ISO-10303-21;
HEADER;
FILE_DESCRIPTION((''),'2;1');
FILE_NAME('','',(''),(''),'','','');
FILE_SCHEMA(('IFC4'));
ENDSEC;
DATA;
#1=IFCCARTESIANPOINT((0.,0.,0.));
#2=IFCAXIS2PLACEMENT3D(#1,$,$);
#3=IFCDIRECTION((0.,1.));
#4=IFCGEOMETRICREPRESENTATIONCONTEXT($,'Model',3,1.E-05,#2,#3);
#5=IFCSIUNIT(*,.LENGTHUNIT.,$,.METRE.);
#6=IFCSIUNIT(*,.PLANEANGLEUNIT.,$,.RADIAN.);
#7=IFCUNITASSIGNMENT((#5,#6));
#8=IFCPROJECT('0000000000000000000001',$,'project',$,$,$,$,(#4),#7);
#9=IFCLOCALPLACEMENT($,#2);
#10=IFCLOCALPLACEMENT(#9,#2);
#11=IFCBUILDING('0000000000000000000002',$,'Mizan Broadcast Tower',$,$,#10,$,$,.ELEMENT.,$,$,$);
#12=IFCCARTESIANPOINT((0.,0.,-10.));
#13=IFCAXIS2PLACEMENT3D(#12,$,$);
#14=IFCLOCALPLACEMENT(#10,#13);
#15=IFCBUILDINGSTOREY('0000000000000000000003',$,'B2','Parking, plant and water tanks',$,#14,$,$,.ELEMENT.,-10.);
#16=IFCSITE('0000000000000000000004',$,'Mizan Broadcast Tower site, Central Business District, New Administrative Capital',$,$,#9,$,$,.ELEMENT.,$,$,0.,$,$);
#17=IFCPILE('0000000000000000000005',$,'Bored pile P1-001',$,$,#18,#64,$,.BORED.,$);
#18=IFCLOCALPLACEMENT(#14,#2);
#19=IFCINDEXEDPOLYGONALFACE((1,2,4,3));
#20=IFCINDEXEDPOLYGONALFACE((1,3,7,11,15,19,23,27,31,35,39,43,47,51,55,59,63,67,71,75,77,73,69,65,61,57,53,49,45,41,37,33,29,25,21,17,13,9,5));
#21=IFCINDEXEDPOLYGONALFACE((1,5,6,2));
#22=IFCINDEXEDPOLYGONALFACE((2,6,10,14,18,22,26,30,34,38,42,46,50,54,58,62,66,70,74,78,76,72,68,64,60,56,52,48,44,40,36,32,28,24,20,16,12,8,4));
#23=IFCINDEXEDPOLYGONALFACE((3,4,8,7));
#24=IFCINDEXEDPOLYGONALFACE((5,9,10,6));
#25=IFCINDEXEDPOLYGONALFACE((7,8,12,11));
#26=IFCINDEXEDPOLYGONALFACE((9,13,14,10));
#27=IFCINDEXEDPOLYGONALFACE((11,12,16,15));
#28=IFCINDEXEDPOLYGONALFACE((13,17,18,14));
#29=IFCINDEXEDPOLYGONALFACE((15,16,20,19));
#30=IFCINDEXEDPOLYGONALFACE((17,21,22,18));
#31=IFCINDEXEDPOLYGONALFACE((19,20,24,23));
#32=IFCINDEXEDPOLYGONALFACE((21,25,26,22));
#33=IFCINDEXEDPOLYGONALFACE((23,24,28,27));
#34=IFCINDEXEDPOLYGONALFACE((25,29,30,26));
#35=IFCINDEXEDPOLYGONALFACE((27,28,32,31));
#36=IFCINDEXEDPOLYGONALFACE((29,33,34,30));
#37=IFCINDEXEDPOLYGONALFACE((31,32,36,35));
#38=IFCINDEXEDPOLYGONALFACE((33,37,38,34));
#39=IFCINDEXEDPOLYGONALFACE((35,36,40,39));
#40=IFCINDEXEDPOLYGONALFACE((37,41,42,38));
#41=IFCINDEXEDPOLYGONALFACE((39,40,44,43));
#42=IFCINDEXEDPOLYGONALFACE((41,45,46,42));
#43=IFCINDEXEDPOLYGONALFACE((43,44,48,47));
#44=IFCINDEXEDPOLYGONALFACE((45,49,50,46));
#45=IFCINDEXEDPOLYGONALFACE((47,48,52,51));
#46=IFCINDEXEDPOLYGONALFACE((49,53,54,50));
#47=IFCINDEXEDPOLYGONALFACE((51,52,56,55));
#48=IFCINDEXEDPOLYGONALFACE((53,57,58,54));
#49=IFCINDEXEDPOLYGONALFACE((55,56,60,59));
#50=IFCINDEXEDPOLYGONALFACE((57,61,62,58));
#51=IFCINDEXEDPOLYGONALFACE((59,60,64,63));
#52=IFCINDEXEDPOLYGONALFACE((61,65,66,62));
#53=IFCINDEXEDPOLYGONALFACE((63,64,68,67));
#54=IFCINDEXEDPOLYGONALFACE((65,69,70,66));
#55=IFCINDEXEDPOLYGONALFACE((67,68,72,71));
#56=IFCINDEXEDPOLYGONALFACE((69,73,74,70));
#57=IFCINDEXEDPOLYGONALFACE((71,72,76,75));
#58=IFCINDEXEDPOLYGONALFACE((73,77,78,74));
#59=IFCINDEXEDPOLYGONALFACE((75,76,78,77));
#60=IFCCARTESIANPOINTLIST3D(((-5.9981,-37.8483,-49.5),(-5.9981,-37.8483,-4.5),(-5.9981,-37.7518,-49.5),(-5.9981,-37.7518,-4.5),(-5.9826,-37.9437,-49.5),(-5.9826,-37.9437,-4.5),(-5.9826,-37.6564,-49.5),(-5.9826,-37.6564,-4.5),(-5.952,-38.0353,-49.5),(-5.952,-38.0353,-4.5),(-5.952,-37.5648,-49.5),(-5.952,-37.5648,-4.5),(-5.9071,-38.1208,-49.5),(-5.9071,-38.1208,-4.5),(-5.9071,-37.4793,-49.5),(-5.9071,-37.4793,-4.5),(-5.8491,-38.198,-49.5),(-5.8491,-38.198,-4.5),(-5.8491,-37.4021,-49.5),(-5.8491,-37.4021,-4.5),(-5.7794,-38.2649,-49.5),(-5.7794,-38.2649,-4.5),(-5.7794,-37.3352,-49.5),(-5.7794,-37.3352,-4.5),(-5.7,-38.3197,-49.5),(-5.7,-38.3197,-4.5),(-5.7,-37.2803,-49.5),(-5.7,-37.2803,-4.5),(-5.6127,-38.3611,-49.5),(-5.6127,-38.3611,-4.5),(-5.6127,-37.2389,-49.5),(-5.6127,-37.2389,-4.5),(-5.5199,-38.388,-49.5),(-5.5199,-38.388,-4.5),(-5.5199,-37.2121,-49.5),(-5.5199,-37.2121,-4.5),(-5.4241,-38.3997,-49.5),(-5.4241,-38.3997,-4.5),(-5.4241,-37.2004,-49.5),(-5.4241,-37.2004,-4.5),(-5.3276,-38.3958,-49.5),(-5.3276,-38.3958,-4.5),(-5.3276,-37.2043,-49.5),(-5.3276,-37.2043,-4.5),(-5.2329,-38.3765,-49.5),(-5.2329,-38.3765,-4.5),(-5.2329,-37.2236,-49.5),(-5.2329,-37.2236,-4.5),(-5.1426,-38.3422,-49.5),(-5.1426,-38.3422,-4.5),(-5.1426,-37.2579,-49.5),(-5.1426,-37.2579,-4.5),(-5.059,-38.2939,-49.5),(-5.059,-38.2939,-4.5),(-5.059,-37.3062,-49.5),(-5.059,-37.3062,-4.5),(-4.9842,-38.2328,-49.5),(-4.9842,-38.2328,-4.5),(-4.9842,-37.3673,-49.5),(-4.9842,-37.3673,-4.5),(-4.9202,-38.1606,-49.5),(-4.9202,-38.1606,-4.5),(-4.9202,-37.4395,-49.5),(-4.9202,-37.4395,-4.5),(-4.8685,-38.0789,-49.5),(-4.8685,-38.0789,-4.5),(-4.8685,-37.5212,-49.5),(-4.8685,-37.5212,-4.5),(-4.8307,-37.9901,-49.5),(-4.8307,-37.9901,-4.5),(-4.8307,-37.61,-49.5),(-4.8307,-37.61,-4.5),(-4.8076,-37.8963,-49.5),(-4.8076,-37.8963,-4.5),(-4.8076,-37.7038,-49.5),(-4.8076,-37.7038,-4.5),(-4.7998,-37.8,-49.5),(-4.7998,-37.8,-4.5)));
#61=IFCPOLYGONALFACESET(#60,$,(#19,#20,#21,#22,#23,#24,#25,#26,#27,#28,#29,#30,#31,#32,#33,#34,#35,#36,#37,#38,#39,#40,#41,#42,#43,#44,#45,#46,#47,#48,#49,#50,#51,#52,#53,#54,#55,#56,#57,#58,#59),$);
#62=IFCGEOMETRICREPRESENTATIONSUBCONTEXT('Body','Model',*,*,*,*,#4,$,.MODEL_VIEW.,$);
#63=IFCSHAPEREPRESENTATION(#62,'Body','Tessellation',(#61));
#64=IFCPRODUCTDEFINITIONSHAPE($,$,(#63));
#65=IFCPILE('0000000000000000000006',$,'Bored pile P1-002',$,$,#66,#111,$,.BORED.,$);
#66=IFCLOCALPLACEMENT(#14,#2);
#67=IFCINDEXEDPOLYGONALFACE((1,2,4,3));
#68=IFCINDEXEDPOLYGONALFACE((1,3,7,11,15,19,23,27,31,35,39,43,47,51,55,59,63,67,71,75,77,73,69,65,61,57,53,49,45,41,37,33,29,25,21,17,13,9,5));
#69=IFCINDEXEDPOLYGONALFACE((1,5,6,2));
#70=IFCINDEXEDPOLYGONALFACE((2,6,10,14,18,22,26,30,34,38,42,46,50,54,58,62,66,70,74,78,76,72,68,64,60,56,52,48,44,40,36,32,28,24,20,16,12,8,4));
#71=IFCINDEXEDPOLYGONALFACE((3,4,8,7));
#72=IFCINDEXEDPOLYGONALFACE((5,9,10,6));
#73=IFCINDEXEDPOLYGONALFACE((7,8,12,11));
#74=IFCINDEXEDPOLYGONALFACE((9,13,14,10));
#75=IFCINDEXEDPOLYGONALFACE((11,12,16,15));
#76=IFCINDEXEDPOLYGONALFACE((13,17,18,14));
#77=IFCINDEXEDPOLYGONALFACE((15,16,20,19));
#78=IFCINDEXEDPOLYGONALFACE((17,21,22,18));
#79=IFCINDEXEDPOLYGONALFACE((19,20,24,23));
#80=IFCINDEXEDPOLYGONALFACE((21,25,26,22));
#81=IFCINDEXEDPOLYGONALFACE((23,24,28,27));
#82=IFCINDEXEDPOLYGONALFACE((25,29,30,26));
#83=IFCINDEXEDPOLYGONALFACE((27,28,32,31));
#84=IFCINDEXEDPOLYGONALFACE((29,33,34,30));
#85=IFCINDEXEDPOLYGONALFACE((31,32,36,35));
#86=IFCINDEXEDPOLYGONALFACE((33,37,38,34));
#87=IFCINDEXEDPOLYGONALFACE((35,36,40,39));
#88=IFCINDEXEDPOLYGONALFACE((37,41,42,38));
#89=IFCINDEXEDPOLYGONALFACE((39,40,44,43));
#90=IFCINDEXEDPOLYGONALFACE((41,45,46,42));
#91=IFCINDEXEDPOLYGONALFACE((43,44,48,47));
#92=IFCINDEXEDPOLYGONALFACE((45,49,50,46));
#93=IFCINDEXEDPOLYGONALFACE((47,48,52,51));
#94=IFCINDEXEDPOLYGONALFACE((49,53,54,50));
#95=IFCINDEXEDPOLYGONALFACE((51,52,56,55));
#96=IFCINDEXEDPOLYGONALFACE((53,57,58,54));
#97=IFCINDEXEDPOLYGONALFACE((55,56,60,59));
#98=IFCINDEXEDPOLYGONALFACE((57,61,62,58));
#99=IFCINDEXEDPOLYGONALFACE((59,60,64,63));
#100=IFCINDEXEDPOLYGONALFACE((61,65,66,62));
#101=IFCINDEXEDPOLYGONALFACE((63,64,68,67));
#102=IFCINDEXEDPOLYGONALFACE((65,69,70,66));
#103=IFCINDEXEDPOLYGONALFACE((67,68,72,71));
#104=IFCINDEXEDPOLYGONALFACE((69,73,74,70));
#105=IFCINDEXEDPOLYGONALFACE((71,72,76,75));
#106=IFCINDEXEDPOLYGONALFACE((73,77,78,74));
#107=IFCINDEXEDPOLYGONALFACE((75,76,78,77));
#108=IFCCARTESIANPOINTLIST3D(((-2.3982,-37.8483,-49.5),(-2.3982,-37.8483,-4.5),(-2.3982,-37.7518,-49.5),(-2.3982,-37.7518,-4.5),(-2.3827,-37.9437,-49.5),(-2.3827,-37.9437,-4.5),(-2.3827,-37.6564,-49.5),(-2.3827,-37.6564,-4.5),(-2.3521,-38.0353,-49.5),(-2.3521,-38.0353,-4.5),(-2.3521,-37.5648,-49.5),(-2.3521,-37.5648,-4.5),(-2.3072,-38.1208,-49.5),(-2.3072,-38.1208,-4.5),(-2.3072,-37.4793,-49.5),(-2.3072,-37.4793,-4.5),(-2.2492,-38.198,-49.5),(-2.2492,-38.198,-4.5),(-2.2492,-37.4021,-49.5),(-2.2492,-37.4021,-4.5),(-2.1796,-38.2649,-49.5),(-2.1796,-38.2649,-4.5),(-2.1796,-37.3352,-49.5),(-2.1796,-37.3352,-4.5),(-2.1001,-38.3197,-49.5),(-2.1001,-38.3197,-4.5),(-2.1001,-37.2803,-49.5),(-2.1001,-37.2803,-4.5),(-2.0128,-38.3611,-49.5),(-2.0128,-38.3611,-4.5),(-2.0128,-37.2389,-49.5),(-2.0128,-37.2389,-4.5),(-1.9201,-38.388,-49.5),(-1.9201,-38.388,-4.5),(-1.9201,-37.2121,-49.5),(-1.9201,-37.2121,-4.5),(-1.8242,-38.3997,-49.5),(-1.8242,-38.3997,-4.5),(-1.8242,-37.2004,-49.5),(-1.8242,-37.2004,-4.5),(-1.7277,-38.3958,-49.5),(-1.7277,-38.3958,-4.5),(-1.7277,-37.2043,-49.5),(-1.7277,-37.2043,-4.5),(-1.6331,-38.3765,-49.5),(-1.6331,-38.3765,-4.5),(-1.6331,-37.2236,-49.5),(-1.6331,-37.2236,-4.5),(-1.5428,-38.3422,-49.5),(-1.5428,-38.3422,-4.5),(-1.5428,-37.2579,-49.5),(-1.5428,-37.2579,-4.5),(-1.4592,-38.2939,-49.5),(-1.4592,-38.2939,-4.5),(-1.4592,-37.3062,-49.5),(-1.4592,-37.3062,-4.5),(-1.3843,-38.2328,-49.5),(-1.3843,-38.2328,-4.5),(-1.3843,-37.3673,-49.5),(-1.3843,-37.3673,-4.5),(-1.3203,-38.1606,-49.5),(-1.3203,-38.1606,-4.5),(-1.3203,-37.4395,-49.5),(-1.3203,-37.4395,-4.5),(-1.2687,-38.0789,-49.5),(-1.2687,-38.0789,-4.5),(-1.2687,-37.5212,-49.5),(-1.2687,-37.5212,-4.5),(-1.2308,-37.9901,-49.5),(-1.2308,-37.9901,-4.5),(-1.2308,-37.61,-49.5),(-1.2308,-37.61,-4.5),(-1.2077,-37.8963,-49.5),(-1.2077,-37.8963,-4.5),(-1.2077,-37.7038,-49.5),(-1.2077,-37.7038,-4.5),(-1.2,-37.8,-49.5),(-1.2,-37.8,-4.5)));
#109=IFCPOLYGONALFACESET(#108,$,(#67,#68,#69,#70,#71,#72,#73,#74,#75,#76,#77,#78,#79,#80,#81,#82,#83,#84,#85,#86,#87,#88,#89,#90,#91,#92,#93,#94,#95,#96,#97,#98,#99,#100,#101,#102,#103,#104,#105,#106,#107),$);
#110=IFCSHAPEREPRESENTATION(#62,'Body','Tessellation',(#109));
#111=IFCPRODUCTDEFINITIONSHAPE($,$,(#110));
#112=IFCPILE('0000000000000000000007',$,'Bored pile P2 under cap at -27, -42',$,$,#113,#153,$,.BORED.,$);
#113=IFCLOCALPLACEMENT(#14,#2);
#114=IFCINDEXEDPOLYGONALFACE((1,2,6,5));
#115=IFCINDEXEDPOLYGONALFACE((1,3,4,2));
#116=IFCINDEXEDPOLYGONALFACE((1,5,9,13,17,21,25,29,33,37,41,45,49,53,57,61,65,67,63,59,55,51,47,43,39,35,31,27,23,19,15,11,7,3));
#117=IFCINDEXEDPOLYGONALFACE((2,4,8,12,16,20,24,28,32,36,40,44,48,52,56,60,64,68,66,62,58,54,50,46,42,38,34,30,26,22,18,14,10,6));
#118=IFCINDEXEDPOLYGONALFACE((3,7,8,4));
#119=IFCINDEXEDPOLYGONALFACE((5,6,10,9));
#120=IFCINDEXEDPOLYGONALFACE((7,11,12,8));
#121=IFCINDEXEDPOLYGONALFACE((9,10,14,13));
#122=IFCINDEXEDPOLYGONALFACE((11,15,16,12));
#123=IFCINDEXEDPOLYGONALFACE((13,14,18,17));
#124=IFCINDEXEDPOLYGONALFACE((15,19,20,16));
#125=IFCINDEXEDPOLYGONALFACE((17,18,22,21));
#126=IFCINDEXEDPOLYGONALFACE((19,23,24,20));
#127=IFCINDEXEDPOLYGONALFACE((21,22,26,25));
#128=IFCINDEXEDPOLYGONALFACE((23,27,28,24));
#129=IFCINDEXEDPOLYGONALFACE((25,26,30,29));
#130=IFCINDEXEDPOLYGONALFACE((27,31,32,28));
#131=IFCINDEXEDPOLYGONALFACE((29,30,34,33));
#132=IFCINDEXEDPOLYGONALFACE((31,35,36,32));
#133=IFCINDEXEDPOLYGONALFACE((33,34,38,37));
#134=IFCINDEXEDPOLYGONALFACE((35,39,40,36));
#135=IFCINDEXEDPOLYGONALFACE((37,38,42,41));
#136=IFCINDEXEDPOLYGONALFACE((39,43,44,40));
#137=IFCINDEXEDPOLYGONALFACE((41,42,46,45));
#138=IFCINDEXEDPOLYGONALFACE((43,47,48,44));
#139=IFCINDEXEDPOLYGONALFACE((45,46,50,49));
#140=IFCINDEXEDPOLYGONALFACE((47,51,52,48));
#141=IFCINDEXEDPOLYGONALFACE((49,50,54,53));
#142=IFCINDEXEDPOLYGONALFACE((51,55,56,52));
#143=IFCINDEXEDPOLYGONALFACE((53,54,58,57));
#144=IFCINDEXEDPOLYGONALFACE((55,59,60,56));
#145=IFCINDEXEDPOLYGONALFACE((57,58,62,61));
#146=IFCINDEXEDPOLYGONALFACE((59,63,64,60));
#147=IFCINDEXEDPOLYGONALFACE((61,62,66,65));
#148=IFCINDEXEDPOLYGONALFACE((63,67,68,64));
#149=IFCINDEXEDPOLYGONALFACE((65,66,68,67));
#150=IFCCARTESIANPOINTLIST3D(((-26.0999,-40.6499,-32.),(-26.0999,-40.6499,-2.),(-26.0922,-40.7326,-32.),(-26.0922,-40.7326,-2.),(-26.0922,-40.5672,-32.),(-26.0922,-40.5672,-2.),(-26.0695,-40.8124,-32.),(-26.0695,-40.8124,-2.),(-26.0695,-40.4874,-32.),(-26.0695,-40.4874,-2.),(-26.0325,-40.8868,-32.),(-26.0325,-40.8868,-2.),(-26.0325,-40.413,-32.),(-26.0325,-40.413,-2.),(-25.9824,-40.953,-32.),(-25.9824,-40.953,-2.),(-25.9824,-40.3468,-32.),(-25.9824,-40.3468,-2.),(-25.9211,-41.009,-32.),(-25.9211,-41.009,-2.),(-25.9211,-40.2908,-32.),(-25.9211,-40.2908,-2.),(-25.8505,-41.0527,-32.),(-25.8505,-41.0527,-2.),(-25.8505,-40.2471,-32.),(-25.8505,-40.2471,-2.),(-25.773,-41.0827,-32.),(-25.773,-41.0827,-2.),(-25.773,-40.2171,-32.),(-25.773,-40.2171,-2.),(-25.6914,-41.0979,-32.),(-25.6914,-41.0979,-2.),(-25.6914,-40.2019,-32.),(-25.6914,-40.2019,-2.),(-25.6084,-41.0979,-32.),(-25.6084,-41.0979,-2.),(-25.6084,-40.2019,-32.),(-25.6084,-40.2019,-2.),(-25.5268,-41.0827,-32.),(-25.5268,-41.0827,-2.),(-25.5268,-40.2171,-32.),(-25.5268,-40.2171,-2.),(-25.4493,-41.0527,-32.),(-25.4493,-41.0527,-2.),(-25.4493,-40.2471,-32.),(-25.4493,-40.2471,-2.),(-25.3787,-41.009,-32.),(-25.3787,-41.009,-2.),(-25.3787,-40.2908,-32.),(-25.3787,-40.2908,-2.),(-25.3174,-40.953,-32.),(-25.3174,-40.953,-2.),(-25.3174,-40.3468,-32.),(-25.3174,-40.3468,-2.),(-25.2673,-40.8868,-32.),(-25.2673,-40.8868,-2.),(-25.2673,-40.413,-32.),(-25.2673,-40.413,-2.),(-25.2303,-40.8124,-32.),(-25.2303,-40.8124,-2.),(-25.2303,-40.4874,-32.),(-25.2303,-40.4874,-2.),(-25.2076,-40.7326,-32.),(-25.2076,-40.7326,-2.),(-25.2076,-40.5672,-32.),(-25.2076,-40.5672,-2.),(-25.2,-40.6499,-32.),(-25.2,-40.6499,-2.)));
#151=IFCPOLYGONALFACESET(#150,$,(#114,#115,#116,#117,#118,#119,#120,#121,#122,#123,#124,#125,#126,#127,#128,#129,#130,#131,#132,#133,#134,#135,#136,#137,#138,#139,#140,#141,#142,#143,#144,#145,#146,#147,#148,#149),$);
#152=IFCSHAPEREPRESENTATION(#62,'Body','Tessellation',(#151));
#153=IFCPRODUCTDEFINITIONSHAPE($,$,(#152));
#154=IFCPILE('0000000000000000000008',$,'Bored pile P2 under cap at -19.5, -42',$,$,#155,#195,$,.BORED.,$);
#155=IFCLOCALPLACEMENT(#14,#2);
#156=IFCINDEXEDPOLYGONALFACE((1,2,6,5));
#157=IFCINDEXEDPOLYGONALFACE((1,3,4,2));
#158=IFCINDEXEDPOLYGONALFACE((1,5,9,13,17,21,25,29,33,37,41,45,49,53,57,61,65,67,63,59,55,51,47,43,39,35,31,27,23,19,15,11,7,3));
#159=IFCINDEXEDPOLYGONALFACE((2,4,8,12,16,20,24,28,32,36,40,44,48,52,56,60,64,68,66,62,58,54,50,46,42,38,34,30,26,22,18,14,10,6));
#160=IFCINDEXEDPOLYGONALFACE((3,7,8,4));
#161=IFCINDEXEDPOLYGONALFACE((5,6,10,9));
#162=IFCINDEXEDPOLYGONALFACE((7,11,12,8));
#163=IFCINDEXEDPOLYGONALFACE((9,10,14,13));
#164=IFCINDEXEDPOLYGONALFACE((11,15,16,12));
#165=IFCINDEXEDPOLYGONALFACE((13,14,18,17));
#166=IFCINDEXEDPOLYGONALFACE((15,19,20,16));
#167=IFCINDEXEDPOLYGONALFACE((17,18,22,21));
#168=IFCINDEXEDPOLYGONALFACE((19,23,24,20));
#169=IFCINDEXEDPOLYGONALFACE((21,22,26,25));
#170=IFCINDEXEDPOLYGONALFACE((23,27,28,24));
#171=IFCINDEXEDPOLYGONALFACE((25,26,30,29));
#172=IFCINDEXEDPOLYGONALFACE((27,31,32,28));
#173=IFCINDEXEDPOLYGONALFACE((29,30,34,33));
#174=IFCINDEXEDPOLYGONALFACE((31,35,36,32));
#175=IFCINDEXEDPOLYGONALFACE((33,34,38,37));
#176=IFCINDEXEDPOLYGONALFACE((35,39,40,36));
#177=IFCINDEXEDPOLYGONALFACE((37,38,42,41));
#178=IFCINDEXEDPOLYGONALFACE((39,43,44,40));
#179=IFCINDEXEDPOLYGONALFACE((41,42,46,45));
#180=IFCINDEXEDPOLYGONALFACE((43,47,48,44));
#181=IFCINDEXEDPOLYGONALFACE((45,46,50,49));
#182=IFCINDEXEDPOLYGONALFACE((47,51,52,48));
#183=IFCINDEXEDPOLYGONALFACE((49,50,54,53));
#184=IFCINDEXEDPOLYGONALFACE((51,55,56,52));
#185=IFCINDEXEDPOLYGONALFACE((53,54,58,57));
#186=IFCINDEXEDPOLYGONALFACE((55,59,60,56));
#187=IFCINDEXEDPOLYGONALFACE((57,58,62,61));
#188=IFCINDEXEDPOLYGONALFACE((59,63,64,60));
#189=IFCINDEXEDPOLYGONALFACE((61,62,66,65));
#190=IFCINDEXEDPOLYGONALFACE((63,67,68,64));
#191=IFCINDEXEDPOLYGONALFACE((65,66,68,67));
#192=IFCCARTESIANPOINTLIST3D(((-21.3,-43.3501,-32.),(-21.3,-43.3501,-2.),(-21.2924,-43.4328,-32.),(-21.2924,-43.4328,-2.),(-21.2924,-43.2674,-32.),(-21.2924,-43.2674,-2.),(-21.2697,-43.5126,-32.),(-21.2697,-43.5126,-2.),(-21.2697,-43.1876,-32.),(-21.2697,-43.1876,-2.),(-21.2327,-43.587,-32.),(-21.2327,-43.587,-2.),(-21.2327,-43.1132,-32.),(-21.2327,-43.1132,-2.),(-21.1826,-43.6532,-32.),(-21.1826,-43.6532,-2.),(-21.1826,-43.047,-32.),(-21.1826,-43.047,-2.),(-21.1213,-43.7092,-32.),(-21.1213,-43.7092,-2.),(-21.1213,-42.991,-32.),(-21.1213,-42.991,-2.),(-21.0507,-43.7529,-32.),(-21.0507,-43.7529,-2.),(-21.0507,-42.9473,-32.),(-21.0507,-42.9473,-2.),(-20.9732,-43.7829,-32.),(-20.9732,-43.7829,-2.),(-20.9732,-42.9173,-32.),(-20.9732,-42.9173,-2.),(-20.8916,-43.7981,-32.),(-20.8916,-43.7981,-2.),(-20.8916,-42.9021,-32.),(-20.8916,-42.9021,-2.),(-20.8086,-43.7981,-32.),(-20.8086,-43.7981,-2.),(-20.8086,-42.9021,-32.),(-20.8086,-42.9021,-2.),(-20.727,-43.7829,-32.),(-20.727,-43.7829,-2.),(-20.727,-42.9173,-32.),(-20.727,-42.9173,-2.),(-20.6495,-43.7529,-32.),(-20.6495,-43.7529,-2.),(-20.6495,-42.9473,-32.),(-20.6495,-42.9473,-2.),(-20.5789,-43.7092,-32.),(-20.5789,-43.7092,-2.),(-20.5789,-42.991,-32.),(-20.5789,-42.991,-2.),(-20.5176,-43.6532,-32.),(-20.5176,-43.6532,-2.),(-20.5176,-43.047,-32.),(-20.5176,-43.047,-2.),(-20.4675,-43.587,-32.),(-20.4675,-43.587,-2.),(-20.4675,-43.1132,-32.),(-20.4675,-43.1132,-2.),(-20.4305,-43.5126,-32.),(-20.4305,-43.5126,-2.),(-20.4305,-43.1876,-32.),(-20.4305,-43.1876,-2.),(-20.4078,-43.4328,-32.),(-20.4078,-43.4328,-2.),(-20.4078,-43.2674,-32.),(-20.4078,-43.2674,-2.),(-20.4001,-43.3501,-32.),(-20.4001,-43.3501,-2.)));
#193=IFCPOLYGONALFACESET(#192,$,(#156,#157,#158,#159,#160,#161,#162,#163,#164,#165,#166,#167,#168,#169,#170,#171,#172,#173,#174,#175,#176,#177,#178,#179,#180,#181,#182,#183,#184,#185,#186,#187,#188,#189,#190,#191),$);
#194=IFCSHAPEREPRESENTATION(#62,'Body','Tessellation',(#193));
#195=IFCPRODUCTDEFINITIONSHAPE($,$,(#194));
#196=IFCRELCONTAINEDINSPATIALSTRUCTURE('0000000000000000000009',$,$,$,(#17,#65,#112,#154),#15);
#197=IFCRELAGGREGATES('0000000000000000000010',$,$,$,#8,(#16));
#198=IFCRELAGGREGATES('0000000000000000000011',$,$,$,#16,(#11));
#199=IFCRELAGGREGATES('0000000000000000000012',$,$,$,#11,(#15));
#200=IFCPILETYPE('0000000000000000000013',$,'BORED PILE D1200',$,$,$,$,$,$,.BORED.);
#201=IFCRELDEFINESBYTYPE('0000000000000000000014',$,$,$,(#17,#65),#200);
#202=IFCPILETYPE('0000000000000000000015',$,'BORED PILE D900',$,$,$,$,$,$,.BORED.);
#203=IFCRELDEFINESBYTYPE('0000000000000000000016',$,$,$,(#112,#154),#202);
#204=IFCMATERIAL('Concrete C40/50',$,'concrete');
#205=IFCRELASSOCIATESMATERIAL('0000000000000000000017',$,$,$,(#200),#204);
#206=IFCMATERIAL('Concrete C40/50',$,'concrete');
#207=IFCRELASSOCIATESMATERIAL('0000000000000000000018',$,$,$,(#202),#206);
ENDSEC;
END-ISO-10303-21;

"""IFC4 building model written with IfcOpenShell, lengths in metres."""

from ifc_helpers import new_model, si_unit, direction, frame, origin, origin_2d, place, context, subcontext, project, spatial, circle, extrude, material, material_profile, profile_set, type_object, element, save


model = new_model("IFC4")

# Units and contexts
model_context = context("Model", 3, precision=1e-05, world=origin(), true_north=direction((0.0, 1.0)))
body_context = subcontext(model_context, "Body", "Model", "MODEL_VIEW")
ifc_project = project(units=[si_unit("LENGTHUNIT", "METRE"), si_unit("PLANEANGLEUNIT", "RADIAN")], contexts=[model_context])

# Site, building, storey
site_placement = place(None, origin())
site = spatial("IfcSite", under=ifc_project, at=site_placement, Name="Mizan Broadcast Tower site, Central Business District, New Administrative Capital", CompositionType="ELEMENT", RefElevation=0.0)
building_placement = place(site_placement, origin())
building = spatial("IfcBuilding", under=site, at=building_placement, Name="Mizan Broadcast Tower", CompositionType="ELEMENT")
storey_placement = place(building_placement, frame((0.0, 0.0, -10.0)))
storey = spatial("IfcBuildingStorey", under=building, at=storey_placement, Name="B2", Description="Parking, plant and water tanks", CompositionType="ELEMENT", Elevation=-10.0)

# Piles
ifc_material_1 = material(Name="Concrete C40/50", Category="concrete")
ifc_material_profile_1 = material_profile(ifc_material_1, circle(Radius=0.6001, at=origin_2d()), Name="D1200")
ifc_profile_set_1 = profile_set([ifc_material_profile_1], Name="Concrete C40/50")
pile_type_1 = type_object("IfcPileType", Name="BORED PILE D1200", PredefinedType="BORED", material=ifc_profile_set_1)
for number, where, z_axis, x_axis, name in (
    (1, (-5.3999, -37.8, -4.5), (0.0, 0.0, -1.0), (1.0, 0.0, 0.0), "Bored pile P1-001"),
    (2, (-1.8, -37.8, -4.5), (0.0, 0.0, -1.0), (1.0, 0.0, 0.0), "Bored pile P1-002"),
):
    element("IfcPile", number, at=place(storey_placement, frame(where, z_axis=z_axis, x_axis=x_axis)), inside=storey, type_object=pile_type_1, Name=name, PredefinedType="BORED", context=body_context, shape_type="SweptSolid", body=[
        extrude(circle(Radius=0.6001, at=origin_2d()), origin(), (0.0, 0.0, 1.0), 45.0),
    ])
ifc_material_2 = material(Name="Concrete C40/50", Category="concrete")
ifc_material_profile_2 = material_profile(ifc_material_2, circle(Radius=0.45, at=origin_2d()), Name="D900")
ifc_profile_set_2 = profile_set([ifc_material_profile_2], Name="Concrete C40/50")
pile_type_2 = type_object("IfcPileType", Name="BORED PILE D900", PredefinedType="BORED", material=ifc_profile_set_2)
for number, where, z_axis, x_axis, name in (
    (3, (-25.6499, -40.6499, -2.0), (0.0, 0.0, -1.0), (1.0, 0.0, 0.0), "Bored pile P2 under cap at -27, -42"),
    (4, (-20.8501, -43.3501, -2.0), (0.0, 0.0, -1.0), (1.0, 0.0, 0.0), "Bored pile P2 under cap at -19.5, -42"),
):
    element("IfcPile", number, at=place(storey_placement, frame(where, z_axis=z_axis, x_axis=x_axis)), inside=storey, type_object=pile_type_2, Name=name, PredefinedType="BORED", context=body_context, shape_type="SweptSolid", body=[
        extrude(circle(Radius=0.45, at=origin_2d()), origin(), (0.0, 0.0, 1.0), 30.0),
    ])

save(model, "model.ifc")
